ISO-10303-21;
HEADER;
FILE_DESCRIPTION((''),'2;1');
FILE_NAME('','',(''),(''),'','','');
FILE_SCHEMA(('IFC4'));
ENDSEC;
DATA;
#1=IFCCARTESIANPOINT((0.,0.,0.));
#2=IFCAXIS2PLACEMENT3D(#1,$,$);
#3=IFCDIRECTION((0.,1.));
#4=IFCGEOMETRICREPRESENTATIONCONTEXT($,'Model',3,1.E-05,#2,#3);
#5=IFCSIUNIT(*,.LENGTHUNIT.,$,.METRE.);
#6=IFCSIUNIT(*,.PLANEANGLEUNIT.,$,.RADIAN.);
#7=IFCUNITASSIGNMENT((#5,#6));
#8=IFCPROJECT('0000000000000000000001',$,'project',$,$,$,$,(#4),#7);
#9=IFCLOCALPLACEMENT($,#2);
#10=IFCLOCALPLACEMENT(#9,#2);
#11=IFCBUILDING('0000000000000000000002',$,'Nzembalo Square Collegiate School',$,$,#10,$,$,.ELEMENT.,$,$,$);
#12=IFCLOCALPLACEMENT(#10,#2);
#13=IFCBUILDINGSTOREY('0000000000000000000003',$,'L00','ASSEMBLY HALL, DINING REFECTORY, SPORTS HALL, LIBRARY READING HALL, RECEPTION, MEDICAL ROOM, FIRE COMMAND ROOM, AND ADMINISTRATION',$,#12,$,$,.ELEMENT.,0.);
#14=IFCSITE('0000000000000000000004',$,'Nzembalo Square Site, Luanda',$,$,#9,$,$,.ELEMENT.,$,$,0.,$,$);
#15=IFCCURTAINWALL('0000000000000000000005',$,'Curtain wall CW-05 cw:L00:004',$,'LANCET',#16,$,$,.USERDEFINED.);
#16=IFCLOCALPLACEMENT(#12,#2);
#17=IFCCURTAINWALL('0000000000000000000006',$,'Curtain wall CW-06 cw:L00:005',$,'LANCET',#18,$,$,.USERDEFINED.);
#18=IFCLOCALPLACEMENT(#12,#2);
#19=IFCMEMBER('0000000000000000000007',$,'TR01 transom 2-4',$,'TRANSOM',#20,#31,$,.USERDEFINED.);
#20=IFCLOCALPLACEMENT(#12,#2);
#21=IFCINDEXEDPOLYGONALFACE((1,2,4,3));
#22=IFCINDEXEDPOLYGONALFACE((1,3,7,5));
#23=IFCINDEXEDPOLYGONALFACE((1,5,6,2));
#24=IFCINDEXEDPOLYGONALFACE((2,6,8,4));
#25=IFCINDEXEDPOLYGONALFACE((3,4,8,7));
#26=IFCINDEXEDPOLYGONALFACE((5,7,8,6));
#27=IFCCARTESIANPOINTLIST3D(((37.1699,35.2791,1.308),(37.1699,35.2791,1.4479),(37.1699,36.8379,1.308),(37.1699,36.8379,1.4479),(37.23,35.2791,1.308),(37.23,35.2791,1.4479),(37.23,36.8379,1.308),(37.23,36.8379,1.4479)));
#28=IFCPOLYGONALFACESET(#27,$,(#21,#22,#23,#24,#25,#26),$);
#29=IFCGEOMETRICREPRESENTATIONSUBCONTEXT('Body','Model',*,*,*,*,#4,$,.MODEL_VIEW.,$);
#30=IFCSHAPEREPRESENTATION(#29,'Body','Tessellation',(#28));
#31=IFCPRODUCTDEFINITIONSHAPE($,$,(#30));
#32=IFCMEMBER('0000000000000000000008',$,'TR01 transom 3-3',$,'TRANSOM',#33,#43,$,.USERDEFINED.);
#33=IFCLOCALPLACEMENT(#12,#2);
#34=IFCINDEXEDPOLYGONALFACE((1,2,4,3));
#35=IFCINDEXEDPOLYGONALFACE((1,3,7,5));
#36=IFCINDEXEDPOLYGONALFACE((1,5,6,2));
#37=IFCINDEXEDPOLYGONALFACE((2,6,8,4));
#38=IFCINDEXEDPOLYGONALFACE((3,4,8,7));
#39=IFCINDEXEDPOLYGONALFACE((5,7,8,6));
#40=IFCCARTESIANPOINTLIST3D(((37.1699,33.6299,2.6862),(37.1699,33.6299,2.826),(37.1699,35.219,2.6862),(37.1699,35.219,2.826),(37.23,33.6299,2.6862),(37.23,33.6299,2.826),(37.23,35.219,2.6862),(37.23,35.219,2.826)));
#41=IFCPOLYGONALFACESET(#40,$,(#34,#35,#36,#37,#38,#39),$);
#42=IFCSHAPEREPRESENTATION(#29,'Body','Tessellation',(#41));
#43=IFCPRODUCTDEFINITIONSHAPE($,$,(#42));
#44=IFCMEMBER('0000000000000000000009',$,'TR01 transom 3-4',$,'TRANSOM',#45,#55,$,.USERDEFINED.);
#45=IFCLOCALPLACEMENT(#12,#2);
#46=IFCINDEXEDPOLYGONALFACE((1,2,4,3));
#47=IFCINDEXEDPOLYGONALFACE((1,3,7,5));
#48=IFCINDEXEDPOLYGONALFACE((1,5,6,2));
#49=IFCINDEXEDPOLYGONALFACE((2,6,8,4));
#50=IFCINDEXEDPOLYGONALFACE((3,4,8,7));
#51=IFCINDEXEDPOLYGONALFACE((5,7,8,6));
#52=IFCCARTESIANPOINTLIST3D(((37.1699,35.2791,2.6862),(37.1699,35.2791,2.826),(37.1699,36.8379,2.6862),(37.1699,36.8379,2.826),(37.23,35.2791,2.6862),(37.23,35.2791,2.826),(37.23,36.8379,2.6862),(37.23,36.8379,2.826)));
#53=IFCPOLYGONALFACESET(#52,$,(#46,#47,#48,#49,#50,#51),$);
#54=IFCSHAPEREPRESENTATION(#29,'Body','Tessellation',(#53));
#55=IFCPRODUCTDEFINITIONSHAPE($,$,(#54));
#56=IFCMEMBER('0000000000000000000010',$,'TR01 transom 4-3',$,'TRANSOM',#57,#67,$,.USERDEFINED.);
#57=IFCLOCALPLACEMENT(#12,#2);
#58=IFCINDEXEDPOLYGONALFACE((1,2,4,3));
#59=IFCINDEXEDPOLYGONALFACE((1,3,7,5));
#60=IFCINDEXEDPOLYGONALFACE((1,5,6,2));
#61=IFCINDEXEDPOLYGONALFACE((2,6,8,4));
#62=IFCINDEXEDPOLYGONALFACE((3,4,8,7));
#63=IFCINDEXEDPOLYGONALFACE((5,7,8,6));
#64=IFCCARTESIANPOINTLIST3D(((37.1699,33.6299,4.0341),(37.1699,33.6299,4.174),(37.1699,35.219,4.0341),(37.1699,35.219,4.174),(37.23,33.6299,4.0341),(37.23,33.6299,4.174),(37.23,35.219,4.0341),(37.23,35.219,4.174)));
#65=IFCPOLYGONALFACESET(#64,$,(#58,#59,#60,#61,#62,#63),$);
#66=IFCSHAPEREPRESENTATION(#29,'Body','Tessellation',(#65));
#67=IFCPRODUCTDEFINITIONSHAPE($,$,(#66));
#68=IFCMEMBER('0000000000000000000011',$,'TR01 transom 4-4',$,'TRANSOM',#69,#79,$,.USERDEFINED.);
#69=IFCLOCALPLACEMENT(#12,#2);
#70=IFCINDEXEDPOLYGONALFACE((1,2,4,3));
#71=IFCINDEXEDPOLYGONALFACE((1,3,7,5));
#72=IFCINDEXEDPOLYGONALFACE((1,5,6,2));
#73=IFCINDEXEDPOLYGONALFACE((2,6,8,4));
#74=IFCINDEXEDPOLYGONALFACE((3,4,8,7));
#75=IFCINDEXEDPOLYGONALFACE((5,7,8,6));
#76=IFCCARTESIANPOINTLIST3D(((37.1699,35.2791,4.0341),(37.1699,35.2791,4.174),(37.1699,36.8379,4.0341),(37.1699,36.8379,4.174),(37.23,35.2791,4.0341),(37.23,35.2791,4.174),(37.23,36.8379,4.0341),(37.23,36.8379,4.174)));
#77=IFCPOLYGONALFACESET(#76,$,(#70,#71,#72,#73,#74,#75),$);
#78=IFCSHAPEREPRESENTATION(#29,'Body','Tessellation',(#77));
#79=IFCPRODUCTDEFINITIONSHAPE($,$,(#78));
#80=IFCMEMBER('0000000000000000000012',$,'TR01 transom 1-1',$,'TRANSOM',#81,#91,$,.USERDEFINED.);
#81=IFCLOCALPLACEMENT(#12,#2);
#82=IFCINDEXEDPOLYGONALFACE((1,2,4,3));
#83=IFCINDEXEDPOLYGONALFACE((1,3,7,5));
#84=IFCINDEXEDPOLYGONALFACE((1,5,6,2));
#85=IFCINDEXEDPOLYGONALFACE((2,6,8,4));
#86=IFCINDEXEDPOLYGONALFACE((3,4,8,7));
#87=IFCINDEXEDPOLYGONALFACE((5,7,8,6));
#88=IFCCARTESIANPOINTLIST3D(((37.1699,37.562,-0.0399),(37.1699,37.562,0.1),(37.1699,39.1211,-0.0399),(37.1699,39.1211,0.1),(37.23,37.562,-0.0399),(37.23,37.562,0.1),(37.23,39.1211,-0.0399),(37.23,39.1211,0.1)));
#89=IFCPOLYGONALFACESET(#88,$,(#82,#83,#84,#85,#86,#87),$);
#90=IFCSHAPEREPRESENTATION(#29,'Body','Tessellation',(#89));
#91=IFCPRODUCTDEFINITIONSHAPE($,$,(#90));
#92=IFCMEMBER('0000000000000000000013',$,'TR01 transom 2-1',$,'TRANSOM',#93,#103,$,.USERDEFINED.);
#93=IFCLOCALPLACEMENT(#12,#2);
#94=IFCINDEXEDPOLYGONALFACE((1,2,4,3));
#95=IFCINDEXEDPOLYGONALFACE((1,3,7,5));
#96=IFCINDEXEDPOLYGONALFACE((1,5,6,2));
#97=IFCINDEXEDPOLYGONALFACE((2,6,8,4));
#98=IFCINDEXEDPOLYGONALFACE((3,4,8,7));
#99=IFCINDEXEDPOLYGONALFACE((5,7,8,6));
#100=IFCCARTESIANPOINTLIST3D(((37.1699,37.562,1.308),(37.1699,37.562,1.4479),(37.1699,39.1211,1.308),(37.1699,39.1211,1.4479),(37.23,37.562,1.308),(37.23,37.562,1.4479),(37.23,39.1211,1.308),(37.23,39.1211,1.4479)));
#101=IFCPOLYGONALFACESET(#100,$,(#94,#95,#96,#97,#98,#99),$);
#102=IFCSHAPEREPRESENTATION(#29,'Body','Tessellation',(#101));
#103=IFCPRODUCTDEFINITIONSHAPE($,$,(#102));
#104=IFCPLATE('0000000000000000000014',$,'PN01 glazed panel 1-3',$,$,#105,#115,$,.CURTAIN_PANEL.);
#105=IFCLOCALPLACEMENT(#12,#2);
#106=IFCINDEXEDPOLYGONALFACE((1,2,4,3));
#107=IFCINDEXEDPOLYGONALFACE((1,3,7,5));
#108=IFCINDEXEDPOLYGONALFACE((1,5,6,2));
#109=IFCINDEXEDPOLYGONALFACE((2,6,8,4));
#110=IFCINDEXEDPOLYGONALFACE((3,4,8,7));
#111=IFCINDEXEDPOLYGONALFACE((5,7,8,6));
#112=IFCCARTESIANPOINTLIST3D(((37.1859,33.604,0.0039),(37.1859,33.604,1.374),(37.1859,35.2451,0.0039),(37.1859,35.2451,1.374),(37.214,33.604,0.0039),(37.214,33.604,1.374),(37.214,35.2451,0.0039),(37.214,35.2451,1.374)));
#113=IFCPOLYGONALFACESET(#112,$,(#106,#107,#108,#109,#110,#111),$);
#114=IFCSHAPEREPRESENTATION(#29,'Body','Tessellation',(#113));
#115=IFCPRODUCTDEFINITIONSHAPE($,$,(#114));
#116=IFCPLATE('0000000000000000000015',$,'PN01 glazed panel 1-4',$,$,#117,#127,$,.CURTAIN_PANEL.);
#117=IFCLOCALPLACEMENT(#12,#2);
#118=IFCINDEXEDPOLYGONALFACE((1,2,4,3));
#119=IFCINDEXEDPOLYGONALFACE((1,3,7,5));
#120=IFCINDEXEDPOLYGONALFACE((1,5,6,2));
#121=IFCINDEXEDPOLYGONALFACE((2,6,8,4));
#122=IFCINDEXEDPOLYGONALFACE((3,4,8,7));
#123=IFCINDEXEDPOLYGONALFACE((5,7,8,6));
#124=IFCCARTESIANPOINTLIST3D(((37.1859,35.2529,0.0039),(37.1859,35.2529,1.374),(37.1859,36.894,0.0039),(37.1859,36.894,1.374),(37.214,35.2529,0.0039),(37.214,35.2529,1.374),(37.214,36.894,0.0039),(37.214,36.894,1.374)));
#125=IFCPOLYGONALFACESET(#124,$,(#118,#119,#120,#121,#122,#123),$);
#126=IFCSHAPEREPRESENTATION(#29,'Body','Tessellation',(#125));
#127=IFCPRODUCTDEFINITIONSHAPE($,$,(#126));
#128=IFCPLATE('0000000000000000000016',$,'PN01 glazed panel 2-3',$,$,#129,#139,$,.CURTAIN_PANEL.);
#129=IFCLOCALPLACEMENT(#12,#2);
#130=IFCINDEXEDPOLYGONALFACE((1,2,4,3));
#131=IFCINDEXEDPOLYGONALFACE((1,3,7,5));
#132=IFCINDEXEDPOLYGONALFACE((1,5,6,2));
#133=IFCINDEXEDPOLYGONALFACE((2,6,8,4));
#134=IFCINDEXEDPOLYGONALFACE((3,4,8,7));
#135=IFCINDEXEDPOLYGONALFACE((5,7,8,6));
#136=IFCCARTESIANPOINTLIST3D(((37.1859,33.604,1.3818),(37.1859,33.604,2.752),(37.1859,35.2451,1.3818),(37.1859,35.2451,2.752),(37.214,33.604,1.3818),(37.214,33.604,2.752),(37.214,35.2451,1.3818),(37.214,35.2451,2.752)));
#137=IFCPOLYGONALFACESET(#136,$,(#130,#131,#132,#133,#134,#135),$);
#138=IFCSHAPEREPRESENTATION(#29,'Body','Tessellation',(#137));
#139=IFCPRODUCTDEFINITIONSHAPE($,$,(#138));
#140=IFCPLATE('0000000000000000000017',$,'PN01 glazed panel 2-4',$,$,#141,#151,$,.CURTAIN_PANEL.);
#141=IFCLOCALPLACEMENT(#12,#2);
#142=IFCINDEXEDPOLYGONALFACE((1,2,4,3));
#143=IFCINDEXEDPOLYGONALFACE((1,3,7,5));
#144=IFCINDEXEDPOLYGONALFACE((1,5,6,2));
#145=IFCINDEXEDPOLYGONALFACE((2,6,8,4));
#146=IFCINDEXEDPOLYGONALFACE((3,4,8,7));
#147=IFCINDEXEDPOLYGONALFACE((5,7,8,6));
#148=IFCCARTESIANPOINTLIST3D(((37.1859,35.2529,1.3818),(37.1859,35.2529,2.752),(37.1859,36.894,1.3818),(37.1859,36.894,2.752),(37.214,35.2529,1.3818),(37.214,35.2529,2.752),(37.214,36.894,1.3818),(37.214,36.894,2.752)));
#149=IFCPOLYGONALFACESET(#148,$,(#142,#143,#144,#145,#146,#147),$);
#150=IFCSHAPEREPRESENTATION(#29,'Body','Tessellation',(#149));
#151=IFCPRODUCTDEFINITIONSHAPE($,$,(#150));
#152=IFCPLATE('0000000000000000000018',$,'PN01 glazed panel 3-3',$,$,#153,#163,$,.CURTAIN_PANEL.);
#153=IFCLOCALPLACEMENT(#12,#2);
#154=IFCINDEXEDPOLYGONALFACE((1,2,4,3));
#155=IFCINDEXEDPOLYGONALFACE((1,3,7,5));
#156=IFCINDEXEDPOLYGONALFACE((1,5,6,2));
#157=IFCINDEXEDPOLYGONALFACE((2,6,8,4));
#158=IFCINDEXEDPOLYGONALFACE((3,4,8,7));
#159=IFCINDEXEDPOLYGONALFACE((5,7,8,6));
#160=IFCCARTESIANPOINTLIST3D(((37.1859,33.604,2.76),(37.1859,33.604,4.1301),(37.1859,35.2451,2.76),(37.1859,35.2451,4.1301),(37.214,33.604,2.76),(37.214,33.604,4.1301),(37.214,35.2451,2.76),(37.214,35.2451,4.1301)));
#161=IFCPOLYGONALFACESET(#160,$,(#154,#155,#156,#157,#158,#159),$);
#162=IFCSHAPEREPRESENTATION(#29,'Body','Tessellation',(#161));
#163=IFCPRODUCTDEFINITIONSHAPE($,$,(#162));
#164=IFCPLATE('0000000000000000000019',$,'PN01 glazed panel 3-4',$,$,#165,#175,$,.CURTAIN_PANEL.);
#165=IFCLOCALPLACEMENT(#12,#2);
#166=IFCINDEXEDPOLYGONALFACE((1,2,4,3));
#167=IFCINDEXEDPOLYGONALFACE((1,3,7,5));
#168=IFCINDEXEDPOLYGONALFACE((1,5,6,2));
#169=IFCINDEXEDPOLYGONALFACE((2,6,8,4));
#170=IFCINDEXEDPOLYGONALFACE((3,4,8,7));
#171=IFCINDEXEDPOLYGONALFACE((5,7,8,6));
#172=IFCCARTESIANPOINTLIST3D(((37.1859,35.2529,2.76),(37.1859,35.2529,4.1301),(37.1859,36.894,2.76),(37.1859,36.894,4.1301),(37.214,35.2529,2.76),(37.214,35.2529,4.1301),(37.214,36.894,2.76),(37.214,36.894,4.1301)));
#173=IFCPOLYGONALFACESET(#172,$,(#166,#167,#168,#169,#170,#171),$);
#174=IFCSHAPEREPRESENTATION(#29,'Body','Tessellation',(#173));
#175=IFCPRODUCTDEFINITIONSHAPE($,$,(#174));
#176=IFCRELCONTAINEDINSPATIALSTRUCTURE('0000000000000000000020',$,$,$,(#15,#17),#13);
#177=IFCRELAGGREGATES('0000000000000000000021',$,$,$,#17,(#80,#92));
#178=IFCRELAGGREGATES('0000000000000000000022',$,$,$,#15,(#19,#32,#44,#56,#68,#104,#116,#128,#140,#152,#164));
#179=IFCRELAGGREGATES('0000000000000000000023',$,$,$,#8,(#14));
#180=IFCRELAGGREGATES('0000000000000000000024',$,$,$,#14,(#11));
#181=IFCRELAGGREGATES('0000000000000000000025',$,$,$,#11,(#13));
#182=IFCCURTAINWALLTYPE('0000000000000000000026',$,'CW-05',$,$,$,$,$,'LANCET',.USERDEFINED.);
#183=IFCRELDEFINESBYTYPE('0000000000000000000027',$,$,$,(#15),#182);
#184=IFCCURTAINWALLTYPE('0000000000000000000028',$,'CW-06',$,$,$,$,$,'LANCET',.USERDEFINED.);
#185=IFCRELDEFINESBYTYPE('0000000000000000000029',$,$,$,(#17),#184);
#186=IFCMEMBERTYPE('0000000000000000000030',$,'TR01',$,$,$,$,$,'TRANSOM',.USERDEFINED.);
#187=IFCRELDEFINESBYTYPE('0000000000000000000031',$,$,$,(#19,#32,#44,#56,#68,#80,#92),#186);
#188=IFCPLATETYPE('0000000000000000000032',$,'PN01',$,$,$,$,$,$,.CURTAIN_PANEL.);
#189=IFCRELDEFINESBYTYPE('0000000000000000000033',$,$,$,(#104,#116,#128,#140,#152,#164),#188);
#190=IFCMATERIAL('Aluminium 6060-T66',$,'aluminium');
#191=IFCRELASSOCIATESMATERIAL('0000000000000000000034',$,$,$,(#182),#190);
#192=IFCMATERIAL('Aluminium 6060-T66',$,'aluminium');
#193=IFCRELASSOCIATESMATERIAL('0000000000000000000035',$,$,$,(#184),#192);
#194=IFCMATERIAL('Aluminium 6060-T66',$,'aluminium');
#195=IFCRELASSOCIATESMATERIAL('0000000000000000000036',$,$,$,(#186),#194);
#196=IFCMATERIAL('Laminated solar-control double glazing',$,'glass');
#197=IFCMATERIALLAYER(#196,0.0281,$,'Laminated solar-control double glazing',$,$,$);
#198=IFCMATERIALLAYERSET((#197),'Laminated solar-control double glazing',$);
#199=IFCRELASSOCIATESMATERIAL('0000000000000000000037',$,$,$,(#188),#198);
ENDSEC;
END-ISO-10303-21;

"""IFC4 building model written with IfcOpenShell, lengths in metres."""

from ifc_helpers import new_model, si_unit, direction, frame, origin, origin_2d, place, context, subcontext, project, spatial, rectangle, extrude, material, layer, layer_set, material_profile, profile_set, type_object, element, aggregate, save


model = new_model("IFC4")

# Units and contexts
model_context = context("Model", 3, precision=1e-05, world=origin(), true_north=direction((0.0, 1.0)))
body_context = subcontext(model_context, "Body", "Model", "MODEL_VIEW")
ifc_project = project(units=[si_unit("LENGTHUNIT", "METRE"), si_unit("PLANEANGLEUNIT", "RADIAN")], contexts=[model_context])

# Site, building, storey
site_placement = place(None, origin())
site = spatial("IfcSite", under=ifc_project, at=site_placement, Name="Nzembalo Square Site, Luanda", CompositionType="ELEMENT", RefElevation=0.0)
building_placement = place(site_placement, origin())
building = spatial("IfcBuilding", under=site, at=building_placement, Name="Nzembalo Square Collegiate School", CompositionType="ELEMENT")
storey_placement = place(building_placement, origin())
storey = spatial("IfcBuildingStorey", under=building, at=storey_placement, Name="L00", Description="ASSEMBLY HALL, DINING REFECTORY, SPORTS HALL, LIBRARY READING HALL, RECEPTION, MEDICAL ROOM, FIRE COMMAND ROOM, AND ADMINISTRATION", CompositionType="ELEMENT", Elevation=0.0)

# Curtain wall
ifc_material_1 = material(Name="Aluminium 6060-T66", Category="aluminium")
curtain_wall_type_1 = type_object("IfcCurtainWallType", Name="CW-05", ElementType="LANCET", PredefinedType="USERDEFINED", material=ifc_material_1)
curtain_wall_1_placement = place(storey_placement, origin())
curtain_wall_1 = element("IfcCurtainWall", 1, at=curtain_wall_1_placement, inside=storey, type_object=curtain_wall_type_1, Name="Curtain wall CW-05 cw:L00:004", ObjectType="LANCET", PredefinedType="USERDEFINED")

# Curtain wall
ifc_material_2 = material(Name="Aluminium 6060-T66", Category="aluminium")
curtain_wall_type_2 = type_object("IfcCurtainWallType", Name="CW-06", ElementType="LANCET", PredefinedType="USERDEFINED", material=ifc_material_2)
curtain_wall_2_placement = place(storey_placement, origin())
curtain_wall_2 = element("IfcCurtainWall", 2, at=curtain_wall_2_placement, inside=storey, type_object=curtain_wall_type_2, Name="Curtain wall CW-06 cw:L00:005", ObjectType="LANCET", PredefinedType="USERDEFINED")

# Members
ifc_material_3 = material(Name="Aluminium 6060-T66", Category="aluminium")
ifc_material_profile_1 = material_profile(ifc_material_3, rectangle(XDim=0.0601, YDim=0.1399, at=origin_2d()), Name="ALU T60x140")
ifc_profile_set_1 = profile_set([ifc_material_profile_1], Name="Aluminium 6060-T66")
member_type_1 = type_object("IfcMemberType", Name="TR01", ElementType="TRANSOM", PredefinedType="USERDEFINED", material=ifc_profile_set_1)
member_1_placement = place(storey_placement, frame((37.2, 35.2791, 1.3779), z_axis=(0.0, 1.0, 0.0), x_axis=(-1.0, 0.0, 0.0)))
member_1 = element("IfcMember", 3, at=member_1_placement, type_object=member_type_1, Name="TR01 transom 2-4", ObjectType="TRANSOM", PredefinedType="USERDEFINED", context=body_context, shape_type="SweptSolid", body=[
    extrude(rectangle(XDim=0.0601, YDim=0.1399, at=origin_2d()), origin(), (0.0, 0.0, 1.0), 1.5588),
])
member_2_placement = place(storey_placement, frame((37.2, 33.6299, 2.7561), z_axis=(0.0, 1.0, 0.0), x_axis=(-1.0, 0.0, 0.0)))
member_2 = element("IfcMember", 4, at=member_2_placement, type_object=member_type_1, Name="TR01 transom 3-3", ObjectType="TRANSOM", PredefinedType="USERDEFINED", context=body_context, shape_type="SweptSolid", body=[
    extrude(rectangle(XDim=0.0601, YDim=0.1399, at=origin_2d()), origin(), (0.0, 0.0, 1.0), 1.5891),
])
member_3_placement = place(storey_placement, frame((37.2, 35.2791, 2.7561), z_axis=(0.0, 1.0, 0.0), x_axis=(-1.0, 0.0, 0.0)))
member_3 = element("IfcMember", 5, at=member_3_placement, type_object=member_type_1, Name="TR01 transom 3-4", ObjectType="TRANSOM", PredefinedType="USERDEFINED", context=body_context, shape_type="SweptSolid", body=[
    extrude(rectangle(XDim=0.0601, YDim=0.1399, at=origin_2d()), origin(), (0.0, 0.0, 1.0), 1.5588),
])
member_4_placement = place(storey_placement, frame((37.2, 33.6299, 4.104), z_axis=(0.0, 1.0, 0.0), x_axis=(-1.0, 0.0, 0.0)))
member_4 = element("IfcMember", 6, at=member_4_placement, type_object=member_type_1, Name="TR01 transom 4-3", ObjectType="TRANSOM", PredefinedType="USERDEFINED", context=body_context, shape_type="SweptSolid", body=[
    extrude(rectangle(XDim=0.0601, YDim=0.1399, at=origin_2d()), origin(), (0.0, 0.0, 1.0), 1.5891),
])
member_5_placement = place(storey_placement, frame((37.2, 35.2791, 4.104), z_axis=(0.0, 1.0, 0.0), x_axis=(-1.0, 0.0, 0.0)))
member_5 = element("IfcMember", 7, at=member_5_placement, type_object=member_type_1, Name="TR01 transom 4-4", ObjectType="TRANSOM", PredefinedType="USERDEFINED", context=body_context, shape_type="SweptSolid", body=[
    extrude(rectangle(XDim=0.0601, YDim=0.1399, at=origin_2d()), origin(), (0.0, 0.0, 1.0), 1.5588),
])
member_6_placement = place(storey_placement, frame((37.2, 37.562, 0.03), z_axis=(0.0, 1.0, 0.0), x_axis=(-1.0, 0.0, 0.0)))
member_6 = element("IfcMember", 8, at=member_6_placement, type_object=member_type_1, Name="TR01 transom 1-1", ObjectType="TRANSOM", PredefinedType="USERDEFINED", context=body_context, shape_type="SweptSolid", body=[
    extrude(rectangle(XDim=0.0601, YDim=0.1399, at=origin_2d()), origin(), (0.0, 0.0, 1.0), 1.5591),
])
member_7_placement = place(storey_placement, frame((37.2, 37.562, 1.3779), z_axis=(0.0, 1.0, 0.0), x_axis=(-1.0, 0.0, 0.0)))
member_7 = element("IfcMember", 9, at=member_7_placement, type_object=member_type_1, Name="TR01 transom 2-1", ObjectType="TRANSOM", PredefinedType="USERDEFINED", context=body_context, shape_type="SweptSolid", body=[
    extrude(rectangle(XDim=0.0601, YDim=0.1399, at=origin_2d()), origin(), (0.0, 0.0, 1.0), 1.5591),
])
aggregate(curtain_wall_2, [member_6, member_7])

# Plates
ifc_material_4 = material(Name="Laminated solar-control double glazing", Category="glass")
ifc_layer = layer(ifc_material_4, 0.0281, Name="Laminated solar-control double glazing")
ifc_layer_set = layer_set([ifc_layer], Name="Laminated solar-control double glazing")
plate_type = type_object("IfcPlateType", Name="PN01", PredefinedType="CURTAIN_PANEL", material=ifc_layer_set)
plate_1_placement = place(storey_placement, frame((37.2, 34.4246, 0.0039), z_axis=(0.0, 0.0, 1.0), x_axis=(0.0, 1.0, 0.0)))
plate_1 = element("IfcPlate", 10, at=plate_1_placement, type_object=plate_type, Name="PN01 glazed panel 1-3", PredefinedType="CURTAIN_PANEL", context=body_context, shape_type="SweptSolid", body=[
    extrude(rectangle(XDim=1.6411, YDim=0.0281, at=origin_2d()), origin(), (0.0, 0.0, 1.0), 1.3701),
])
plate_2_placement = place(storey_placement, frame((37.2, 36.0735, 0.0039), z_axis=(0.0, 0.0, 1.0), x_axis=(0.0, 1.0, 0.0)))
plate_2 = element("IfcPlate", 11, at=plate_2_placement, type_object=plate_type, Name="PN01 glazed panel 1-4", PredefinedType="CURTAIN_PANEL", context=body_context, shape_type="SweptSolid", body=[
    extrude(rectangle(XDim=1.6411, YDim=0.0281, at=origin_2d()), origin(), (0.0, 0.0, 1.0), 1.3701),
])
plate_3_placement = place(storey_placement, frame((37.2, 34.4246, 1.3818), z_axis=(0.0, 0.0, 1.0), x_axis=(0.0, 1.0, 0.0)))
plate_3 = element("IfcPlate", 12, at=plate_3_placement, type_object=plate_type, Name="PN01 glazed panel 2-3", PredefinedType="CURTAIN_PANEL", context=body_context, shape_type="SweptSolid", body=[
    extrude(rectangle(XDim=1.6411, YDim=0.0281, at=origin_2d()), origin(), (0.0, 0.0, 1.0), 1.3701),
])
plate_4_placement = place(storey_placement, frame((37.2, 36.0735, 1.3818), z_axis=(0.0, 0.0, 1.0), x_axis=(0.0, 1.0, 0.0)))
plate_4 = element("IfcPlate", 13, at=plate_4_placement, type_object=plate_type, Name="PN01 glazed panel 2-4", PredefinedType="CURTAIN_PANEL", context=body_context, shape_type="SweptSolid", body=[
    extrude(rectangle(XDim=1.6411, YDim=0.0281, at=origin_2d()), origin(), (0.0, 0.0, 1.0), 1.3701),
])
plate_5_placement = place(storey_placement, frame((37.2, 34.4246, 2.76), z_axis=(0.0, 0.0, 1.0), x_axis=(0.0, 1.0, 0.0)))
plate_5 = element("IfcPlate", 14, at=plate_5_placement, type_object=plate_type, Name="PN01 glazed panel 3-3", PredefinedType="CURTAIN_PANEL", context=body_context, shape_type="SweptSolid", body=[
    extrude(rectangle(XDim=1.6411, YDim=0.0281, at=origin_2d()), origin(), (0.0, 0.0, 1.0), 1.3701),
])
plate_6_placement = place(storey_placement, frame((37.2, 36.0735, 2.76), z_axis=(0.0, 0.0, 1.0), x_axis=(0.0, 1.0, 0.0)))
plate_6 = element("IfcPlate", 15, at=plate_6_placement, type_object=plate_type, Name="PN01 glazed panel 3-4", PredefinedType="CURTAIN_PANEL", context=body_context, shape_type="SweptSolid", body=[
    extrude(rectangle(XDim=1.6411, YDim=0.0281, at=origin_2d()), origin(), (0.0, 0.0, 1.0), 1.3701),
])
aggregate(curtain_wall_1, [member_1, member_2, member_3, member_4, member_5, plate_1, plate_2, plate_3, plate_4, plate_5, plate_6])

save(model, "model.ifc")
